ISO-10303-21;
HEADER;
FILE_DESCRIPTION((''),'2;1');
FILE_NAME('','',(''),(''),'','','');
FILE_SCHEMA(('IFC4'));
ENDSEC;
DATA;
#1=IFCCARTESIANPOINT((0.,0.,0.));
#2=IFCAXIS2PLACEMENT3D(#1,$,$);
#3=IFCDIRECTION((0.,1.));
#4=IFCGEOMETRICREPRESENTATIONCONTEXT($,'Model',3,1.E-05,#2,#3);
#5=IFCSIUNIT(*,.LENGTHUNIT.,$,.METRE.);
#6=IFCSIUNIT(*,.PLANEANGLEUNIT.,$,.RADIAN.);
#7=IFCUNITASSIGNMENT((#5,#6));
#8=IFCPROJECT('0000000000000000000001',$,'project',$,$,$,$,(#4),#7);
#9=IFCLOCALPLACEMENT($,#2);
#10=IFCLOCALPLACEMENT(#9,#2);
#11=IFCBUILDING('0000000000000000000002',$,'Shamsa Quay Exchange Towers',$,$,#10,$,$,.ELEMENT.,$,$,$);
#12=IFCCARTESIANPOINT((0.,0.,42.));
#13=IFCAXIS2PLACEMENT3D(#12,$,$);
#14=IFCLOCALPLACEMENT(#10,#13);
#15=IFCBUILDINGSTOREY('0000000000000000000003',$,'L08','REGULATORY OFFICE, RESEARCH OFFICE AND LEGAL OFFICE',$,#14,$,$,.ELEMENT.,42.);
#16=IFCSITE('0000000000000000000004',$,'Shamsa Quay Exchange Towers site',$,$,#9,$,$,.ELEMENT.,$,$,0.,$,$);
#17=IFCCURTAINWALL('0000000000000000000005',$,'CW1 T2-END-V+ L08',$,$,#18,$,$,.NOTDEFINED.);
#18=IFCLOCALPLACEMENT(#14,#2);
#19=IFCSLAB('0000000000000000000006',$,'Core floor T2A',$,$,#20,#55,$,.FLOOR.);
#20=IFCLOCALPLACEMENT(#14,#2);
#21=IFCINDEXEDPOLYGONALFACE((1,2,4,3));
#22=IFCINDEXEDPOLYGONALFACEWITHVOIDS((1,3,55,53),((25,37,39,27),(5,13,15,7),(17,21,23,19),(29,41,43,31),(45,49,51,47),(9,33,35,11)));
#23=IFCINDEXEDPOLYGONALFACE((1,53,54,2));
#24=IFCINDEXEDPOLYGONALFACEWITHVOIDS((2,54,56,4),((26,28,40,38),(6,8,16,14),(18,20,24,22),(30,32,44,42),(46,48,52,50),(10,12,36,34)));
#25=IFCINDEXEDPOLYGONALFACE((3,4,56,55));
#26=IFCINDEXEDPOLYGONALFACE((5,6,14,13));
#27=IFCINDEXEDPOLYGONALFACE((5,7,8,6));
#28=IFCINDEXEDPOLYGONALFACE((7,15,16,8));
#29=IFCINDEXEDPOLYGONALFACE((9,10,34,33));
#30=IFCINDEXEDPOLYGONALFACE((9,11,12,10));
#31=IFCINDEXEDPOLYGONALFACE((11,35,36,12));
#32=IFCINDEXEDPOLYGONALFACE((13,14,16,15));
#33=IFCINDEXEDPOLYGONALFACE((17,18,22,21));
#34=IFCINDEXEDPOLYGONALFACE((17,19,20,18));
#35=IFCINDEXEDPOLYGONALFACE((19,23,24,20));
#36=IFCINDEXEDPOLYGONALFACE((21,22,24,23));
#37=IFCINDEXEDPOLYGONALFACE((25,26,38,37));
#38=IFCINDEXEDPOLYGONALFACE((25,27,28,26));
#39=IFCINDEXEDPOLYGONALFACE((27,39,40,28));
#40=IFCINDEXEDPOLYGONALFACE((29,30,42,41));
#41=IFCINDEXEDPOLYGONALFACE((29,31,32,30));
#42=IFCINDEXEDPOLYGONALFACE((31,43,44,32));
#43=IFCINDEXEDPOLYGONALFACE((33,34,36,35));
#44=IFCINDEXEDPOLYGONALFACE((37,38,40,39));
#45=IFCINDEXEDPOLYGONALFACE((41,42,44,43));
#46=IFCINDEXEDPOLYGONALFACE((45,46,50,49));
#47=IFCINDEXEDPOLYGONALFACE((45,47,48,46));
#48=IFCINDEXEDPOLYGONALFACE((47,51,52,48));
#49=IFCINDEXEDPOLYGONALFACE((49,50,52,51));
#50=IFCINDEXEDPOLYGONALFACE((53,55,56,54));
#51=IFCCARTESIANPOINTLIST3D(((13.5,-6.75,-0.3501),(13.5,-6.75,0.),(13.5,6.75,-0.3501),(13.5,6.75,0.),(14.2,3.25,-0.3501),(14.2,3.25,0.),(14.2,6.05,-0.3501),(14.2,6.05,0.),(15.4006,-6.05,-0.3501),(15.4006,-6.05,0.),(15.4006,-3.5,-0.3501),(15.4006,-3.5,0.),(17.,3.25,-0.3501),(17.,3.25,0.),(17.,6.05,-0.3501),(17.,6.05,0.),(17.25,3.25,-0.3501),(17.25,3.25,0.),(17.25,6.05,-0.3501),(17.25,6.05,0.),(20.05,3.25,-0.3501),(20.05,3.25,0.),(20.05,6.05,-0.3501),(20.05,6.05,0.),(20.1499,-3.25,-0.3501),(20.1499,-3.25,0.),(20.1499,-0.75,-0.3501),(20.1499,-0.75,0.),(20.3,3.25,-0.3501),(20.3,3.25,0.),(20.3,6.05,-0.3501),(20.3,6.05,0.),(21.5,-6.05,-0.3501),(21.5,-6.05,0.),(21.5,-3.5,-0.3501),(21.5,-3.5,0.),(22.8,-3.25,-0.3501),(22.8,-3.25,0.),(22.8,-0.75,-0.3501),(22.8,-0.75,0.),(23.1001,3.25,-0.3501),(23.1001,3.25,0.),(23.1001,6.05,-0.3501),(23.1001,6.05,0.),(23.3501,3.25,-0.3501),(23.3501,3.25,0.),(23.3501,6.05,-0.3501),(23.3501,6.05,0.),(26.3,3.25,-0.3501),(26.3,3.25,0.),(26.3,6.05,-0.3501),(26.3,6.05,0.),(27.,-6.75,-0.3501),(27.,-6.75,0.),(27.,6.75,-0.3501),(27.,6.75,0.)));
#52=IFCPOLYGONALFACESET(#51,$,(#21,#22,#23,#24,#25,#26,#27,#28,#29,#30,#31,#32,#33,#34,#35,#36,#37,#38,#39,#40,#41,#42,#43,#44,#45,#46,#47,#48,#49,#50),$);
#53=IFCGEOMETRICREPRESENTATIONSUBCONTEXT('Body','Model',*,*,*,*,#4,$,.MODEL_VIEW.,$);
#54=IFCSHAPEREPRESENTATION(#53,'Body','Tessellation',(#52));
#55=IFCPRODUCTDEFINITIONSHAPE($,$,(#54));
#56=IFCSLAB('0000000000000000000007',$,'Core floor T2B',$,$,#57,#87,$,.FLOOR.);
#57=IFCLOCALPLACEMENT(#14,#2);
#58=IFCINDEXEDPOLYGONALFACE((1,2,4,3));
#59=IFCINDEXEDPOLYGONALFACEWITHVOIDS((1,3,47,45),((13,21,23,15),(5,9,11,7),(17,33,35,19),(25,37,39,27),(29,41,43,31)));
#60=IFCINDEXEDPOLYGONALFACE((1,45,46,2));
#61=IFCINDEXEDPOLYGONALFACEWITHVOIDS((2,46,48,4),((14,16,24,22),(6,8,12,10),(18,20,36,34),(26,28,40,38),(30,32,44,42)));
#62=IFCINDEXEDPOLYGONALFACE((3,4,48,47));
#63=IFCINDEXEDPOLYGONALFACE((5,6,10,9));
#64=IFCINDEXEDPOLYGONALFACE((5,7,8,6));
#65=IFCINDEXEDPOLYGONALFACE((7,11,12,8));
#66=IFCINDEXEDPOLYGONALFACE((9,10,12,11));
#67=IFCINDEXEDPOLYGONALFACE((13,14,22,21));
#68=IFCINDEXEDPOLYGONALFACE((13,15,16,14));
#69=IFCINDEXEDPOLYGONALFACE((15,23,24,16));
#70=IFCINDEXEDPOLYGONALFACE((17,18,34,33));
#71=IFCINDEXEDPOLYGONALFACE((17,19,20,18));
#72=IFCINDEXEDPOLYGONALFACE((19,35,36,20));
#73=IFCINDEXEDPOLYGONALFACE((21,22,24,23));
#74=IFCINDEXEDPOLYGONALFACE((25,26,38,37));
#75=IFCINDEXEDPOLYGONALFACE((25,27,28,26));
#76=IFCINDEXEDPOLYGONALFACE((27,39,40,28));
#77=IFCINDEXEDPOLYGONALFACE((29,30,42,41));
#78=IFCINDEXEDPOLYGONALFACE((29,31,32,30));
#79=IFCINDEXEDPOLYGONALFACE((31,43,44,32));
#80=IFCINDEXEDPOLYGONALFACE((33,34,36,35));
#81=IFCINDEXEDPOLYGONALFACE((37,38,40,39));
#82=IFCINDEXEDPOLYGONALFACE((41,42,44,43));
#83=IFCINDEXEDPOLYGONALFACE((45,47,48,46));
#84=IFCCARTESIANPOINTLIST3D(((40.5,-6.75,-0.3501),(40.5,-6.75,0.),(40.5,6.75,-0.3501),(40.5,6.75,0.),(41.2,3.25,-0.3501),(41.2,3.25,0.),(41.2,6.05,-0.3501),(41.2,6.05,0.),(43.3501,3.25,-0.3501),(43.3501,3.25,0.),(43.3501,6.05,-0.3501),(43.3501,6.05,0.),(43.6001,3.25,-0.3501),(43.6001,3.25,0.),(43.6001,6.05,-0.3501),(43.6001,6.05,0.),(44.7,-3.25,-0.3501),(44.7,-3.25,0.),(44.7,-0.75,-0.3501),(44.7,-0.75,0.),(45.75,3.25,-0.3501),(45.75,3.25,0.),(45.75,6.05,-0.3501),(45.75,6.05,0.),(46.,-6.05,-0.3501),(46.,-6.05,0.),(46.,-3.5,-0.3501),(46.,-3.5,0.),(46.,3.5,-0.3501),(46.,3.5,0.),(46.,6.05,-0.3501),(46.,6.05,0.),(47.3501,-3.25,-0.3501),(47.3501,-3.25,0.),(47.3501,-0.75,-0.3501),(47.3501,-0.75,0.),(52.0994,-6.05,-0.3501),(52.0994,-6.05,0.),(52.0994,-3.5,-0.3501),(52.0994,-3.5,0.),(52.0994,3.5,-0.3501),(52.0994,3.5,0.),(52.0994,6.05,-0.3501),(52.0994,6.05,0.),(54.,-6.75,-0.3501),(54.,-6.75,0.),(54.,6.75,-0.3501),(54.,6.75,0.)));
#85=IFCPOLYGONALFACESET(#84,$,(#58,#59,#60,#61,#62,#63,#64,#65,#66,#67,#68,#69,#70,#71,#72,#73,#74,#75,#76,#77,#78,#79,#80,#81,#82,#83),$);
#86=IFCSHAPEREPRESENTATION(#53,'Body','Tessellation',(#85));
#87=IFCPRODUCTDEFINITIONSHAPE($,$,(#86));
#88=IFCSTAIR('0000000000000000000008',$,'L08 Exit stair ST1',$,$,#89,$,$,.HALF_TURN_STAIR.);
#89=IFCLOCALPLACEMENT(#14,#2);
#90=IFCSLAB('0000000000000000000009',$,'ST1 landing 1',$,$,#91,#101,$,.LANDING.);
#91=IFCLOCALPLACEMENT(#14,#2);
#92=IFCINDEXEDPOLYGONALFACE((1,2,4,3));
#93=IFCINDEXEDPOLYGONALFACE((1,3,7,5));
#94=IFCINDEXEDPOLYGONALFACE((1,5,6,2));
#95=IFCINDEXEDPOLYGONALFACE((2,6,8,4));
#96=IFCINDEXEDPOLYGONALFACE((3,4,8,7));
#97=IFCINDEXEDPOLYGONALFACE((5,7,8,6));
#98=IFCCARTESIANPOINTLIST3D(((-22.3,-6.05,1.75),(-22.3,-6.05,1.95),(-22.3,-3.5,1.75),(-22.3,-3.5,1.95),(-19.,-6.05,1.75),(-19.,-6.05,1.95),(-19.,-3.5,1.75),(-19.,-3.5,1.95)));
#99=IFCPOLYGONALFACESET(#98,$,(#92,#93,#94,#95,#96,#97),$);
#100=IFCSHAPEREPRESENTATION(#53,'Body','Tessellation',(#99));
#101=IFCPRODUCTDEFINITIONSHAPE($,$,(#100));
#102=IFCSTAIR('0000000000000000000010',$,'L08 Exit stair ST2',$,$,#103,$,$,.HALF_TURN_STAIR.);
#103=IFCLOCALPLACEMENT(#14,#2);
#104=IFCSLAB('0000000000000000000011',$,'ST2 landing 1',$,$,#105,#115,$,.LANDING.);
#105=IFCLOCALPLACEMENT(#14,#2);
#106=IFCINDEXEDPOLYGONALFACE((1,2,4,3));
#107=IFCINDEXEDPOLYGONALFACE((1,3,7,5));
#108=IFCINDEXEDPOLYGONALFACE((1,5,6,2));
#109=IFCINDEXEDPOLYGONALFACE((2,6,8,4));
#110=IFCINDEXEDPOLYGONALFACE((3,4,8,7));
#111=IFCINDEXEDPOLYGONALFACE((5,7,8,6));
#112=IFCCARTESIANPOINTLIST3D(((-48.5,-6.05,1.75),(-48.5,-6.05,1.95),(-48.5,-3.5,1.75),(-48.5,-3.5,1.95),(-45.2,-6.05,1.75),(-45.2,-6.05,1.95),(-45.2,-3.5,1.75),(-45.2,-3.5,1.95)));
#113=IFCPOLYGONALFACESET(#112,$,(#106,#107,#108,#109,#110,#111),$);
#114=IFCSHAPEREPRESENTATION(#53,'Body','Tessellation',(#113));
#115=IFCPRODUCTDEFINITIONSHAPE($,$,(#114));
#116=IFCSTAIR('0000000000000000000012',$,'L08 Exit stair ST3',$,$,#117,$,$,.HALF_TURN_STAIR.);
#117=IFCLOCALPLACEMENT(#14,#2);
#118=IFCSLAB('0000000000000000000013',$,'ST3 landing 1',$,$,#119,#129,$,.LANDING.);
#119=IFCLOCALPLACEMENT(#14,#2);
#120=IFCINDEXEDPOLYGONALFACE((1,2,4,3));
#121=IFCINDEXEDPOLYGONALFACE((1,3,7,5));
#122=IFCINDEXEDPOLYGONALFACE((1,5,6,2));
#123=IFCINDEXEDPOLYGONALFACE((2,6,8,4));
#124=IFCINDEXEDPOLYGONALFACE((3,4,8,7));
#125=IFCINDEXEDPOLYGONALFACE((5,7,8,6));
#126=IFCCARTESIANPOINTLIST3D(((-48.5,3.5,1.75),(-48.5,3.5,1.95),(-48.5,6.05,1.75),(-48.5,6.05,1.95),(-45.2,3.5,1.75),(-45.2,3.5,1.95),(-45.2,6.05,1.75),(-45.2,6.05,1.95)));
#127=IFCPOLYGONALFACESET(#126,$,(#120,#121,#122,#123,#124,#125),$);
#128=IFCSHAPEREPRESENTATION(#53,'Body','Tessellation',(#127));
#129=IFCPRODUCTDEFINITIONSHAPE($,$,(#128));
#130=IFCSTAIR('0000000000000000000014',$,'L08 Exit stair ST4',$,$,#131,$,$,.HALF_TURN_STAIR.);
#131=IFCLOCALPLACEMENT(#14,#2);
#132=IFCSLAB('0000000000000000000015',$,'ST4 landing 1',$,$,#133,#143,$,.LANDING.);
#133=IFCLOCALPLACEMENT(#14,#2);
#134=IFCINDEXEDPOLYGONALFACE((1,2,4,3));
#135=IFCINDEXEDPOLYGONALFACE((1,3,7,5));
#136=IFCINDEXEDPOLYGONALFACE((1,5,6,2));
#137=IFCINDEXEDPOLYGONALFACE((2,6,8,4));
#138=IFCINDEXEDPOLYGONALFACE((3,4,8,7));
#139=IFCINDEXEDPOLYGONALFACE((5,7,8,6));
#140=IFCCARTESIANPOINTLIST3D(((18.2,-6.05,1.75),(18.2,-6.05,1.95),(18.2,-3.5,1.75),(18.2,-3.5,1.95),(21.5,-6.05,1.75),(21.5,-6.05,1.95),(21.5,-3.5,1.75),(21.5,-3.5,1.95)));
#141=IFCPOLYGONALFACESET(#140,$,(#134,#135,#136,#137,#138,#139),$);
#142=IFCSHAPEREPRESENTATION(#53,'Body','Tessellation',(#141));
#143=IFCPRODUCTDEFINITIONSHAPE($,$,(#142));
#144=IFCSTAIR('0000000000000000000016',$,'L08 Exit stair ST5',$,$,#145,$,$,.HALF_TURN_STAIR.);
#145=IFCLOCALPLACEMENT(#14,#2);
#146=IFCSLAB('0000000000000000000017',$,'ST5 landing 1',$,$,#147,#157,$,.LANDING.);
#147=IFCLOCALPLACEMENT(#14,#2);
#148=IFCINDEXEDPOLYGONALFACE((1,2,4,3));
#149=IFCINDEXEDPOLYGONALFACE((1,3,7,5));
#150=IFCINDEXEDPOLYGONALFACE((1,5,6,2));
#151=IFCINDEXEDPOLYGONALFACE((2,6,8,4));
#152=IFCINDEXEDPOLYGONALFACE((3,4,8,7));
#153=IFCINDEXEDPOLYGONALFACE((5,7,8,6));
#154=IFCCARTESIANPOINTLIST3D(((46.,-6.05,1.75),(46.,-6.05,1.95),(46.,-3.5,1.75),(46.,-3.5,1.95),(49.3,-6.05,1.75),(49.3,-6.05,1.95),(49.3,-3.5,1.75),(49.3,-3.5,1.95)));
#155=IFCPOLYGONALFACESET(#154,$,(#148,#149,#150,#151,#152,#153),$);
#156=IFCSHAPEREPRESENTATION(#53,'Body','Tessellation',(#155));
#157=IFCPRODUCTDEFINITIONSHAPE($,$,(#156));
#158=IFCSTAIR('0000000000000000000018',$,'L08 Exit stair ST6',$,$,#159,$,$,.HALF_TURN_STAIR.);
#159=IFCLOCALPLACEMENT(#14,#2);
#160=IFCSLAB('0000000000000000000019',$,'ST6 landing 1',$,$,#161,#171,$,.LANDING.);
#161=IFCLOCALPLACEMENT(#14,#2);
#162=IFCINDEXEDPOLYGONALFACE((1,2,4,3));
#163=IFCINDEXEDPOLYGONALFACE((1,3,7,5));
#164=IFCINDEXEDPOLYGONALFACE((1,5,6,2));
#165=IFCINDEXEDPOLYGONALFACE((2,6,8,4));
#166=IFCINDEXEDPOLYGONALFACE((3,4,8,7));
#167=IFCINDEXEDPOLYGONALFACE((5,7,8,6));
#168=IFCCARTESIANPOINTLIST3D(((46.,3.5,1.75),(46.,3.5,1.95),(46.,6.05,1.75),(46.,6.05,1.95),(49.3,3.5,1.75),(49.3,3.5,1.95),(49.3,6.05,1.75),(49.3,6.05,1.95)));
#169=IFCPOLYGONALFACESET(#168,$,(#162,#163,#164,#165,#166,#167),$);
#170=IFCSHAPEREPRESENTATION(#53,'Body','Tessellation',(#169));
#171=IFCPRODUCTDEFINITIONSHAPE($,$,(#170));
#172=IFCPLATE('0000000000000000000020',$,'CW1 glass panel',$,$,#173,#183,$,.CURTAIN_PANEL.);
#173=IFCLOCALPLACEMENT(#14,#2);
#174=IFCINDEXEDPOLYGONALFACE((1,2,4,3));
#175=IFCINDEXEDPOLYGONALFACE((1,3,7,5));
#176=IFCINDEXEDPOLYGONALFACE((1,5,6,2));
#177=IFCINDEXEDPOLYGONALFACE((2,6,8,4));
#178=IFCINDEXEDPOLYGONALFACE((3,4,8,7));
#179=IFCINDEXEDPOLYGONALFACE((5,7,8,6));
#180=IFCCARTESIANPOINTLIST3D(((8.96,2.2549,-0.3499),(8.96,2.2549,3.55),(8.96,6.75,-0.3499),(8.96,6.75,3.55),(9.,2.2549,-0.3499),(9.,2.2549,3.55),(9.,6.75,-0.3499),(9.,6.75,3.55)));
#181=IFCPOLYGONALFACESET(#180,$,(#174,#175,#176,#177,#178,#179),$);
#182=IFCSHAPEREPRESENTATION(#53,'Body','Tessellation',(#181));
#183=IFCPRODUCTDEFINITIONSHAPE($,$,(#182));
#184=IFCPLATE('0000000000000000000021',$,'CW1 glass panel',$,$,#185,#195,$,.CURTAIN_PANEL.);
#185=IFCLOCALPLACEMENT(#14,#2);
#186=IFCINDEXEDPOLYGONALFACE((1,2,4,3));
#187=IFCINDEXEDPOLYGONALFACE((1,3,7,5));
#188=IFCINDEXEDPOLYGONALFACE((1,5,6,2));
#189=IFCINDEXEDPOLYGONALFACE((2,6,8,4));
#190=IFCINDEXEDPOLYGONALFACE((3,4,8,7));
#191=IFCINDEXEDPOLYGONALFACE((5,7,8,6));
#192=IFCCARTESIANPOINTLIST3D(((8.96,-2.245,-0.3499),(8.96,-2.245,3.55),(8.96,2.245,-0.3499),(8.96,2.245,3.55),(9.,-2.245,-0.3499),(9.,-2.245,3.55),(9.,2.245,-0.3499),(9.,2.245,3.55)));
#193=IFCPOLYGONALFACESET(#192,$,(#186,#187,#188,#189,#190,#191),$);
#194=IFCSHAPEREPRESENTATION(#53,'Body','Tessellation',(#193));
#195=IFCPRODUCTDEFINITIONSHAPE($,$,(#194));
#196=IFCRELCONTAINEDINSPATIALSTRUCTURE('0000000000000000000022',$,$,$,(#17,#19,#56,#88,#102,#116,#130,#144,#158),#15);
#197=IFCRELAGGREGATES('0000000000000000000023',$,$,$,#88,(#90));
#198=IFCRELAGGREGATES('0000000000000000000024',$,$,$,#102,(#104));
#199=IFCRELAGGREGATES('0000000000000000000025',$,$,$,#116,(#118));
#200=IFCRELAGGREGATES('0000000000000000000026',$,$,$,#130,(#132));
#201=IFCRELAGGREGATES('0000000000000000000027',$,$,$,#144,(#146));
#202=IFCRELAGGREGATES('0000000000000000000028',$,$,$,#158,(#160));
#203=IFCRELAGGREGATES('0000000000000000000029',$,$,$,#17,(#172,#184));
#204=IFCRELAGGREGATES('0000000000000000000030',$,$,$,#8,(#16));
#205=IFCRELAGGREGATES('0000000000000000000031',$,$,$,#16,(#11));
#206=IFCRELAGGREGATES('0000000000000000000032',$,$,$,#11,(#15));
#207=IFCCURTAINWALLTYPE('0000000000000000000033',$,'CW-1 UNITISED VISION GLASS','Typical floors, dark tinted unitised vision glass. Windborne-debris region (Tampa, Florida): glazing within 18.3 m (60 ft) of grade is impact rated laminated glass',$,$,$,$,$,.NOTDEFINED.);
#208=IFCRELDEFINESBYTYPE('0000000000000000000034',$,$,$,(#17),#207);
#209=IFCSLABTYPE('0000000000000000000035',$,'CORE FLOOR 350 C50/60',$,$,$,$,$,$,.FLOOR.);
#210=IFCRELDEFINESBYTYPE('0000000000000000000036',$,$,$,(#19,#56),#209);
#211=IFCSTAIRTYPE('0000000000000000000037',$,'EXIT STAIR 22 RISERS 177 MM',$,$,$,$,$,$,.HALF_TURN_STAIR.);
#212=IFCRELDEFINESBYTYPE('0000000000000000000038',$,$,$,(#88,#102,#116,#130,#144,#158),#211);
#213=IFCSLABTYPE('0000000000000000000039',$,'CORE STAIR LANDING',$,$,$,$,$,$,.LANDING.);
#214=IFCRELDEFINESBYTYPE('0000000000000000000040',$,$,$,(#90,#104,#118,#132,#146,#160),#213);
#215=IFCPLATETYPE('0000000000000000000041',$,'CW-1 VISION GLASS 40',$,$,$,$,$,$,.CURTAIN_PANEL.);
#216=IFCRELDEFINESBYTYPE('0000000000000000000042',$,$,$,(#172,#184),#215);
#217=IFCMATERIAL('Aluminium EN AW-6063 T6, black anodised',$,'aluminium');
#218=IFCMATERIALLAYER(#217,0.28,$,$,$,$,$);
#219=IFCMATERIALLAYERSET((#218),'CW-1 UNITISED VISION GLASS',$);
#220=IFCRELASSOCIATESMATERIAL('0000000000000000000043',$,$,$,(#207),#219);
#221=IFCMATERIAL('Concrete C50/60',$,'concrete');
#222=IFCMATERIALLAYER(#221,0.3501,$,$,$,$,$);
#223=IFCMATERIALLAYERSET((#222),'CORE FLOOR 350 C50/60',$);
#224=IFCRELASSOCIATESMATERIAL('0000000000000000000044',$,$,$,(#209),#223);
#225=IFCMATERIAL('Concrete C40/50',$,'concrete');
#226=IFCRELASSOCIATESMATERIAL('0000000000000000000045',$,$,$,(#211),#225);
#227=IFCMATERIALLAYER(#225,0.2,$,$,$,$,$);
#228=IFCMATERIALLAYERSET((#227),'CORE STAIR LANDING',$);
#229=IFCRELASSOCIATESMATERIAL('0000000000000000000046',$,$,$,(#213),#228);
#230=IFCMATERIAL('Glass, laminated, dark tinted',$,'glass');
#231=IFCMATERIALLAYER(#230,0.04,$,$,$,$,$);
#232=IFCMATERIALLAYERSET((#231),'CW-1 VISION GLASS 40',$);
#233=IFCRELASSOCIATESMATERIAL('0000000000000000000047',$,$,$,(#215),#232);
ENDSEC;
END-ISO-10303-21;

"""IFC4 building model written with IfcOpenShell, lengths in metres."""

from ifc_helpers import new_model, si_unit, direction, frame, origin, origin_2d, place, context, subcontext, project, spatial, polyline, rectangle, outline, extrude, material, layer, layer_set, type_object, element, aggregate, save


model = new_model("IFC4")

# Units and contexts
model_context = context("Model", 3, precision=1e-05, world=origin(), true_north=direction((0.0, 1.0)))
body_context = subcontext(model_context, "Body", "Model", "MODEL_VIEW")
ifc_project = project(units=[si_unit("LENGTHUNIT", "METRE"), si_unit("PLANEANGLEUNIT", "RADIAN")], contexts=[model_context])

# Site, building, storey
site_placement = place(None, origin())
site = spatial("IfcSite", under=ifc_project, at=site_placement, Name="Shamsa Quay Exchange Towers site", CompositionType="ELEMENT", RefElevation=0.0)
building_placement = place(site_placement, origin())
building = spatial("IfcBuilding", under=site, at=building_placement, Name="Shamsa Quay Exchange Towers", CompositionType="ELEMENT")
storey_placement = place(building_placement, frame((0.0, 0.0, 42.0)))
storey = spatial("IfcBuildingStorey", under=building, at=storey_placement, Name="L08", Description="REGULATORY OFFICE, RESEARCH OFFICE AND LEGAL OFFICE", CompositionType="ELEMENT", Elevation=42.0)

# Curtain wall
ifc_material_1 = material(Name="Aluminium EN AW-6063 T6, black anodised", Category="aluminium")
ifc_layer_1 = layer(ifc_material_1, 0.28)
ifc_layer_set_1 = layer_set([ifc_layer_1], Name="CW-1 UNITISED VISION GLASS")
curtain_wall_type = type_object("IfcCurtainWallType", Name="CW-1 UNITISED VISION GLASS", Description="Typical floors, dark tinted unitised vision glass. Windborne-debris region (Tampa, Florida): glazing within 18.3 m (60 ft) of grade is impact rated laminated glass", PredefinedType="NOTDEFINED", material=ifc_layer_set_1)
curtain_wall_placement = place(storey_placement, origin())
curtain_wall = element("IfcCurtainWall", 1, at=curtain_wall_placement, inside=storey, type_object=curtain_wall_type, Name="CW1 T2-END-V+ L08", PredefinedType="NOTDEFINED")

# Slabs
ifc_material_2 = material(Name="Concrete C50/60", Category="concrete")
ifc_layer_2 = layer(ifc_material_2, 0.3501)
ifc_layer_set_2 = layer_set([ifc_layer_2], Name="CORE FLOOR 350 C50/60")
slab_type_1 = type_object("IfcSlabType", Name="CORE FLOOR 350 C50/60", PredefinedType="FLOOR", material=ifc_layer_set_2)
slab_1_placement = place(storey_placement, frame((0.0, 0.0, -0.3501)))
element("IfcSlab", 2, at=slab_1_placement, inside=storey, type_object=slab_type_1, Name="Core floor T2A", PredefinedType="FLOOR", context=body_context, shape_type="SweptSolid", body=[
    extrude(outline(polyline([(13.5, -6.75), (27.0, -6.75), (27.0, 6.75), (13.5, 6.75), (13.5, -6.75)]), holes=[polyline([(15.4006, -6.05), (15.4006, -3.5), (21.5, -3.5), (21.5, -6.05), (15.4006, -6.05)]), polyline([(14.2, 3.25), (14.2, 6.05), (17.0, 6.05), (17.0, 3.25), (14.2, 3.25)]), polyline([(17.25, 3.25), (17.25, 6.05), (20.05, 6.05), (20.05, 3.25), (17.25, 3.25)]), polyline([(20.3, 3.25), (20.3, 6.05), (23.1001, 6.05), (23.1001, 3.25), (20.3, 3.25)]), polyline([(23.3501, 3.25), (23.3501, 6.05), (26.3, 6.05), (26.3, 3.25), (23.3501, 3.25)]), polyline([(20.1499, -3.25), (20.1499, -0.75), (22.8, -0.75), (22.8, -3.25), (20.1499, -3.25)])]), origin(), (0.0, 0.0, 1.0), 0.3501),
])
slab_2_placement = place(storey_placement, frame((0.0, 0.0, -0.3501)))
element("IfcSlab", 3, at=slab_2_placement, inside=storey, type_object=slab_type_1, Name="Core floor T2B", PredefinedType="FLOOR", context=body_context, shape_type="SweptSolid", body=[
    extrude(outline(polyline([(54.0, -6.75), (54.0, 6.75), (40.5, 6.75), (40.5, -6.75), (54.0, -6.75)]), holes=[polyline([(52.0994, -3.5), (52.0994, -6.05), (46.0, -6.05), (46.0, -3.5), (52.0994, -3.5)]), polyline([(52.0994, 6.05), (52.0994, 3.5), (46.0, 3.5), (46.0, 6.05), (52.0994, 6.05)]), polyline([(45.75, 3.25), (43.6001, 3.25), (43.6001, 6.05), (45.75, 6.05), (45.75, 3.25)]), polyline([(43.3501, 3.25), (41.2, 3.25), (41.2, 6.05), (43.3501, 6.05), (43.3501, 3.25)]), polyline([(47.3501, -3.25), (44.7, -3.25), (44.7, -0.75), (47.3501, -0.75), (47.3501, -3.25)])]), origin(), (0.0, 0.0, 1.0), 0.3501),
])

# Stairs, slabs
ifc_material_3 = material(Name="Concrete C40/50", Category="concrete")
stair_type = type_object("IfcStairType", Name="EXIT STAIR 22 RISERS 177 MM", PredefinedType="HALF_TURN_STAIR", material=ifc_material_3)
stair_1_placement = place(storey_placement, origin())
stair_1 = element("IfcStair", 4, at=stair_1_placement, inside=storey, type_object=stair_type, Name="L08 Exit stair ST1", PredefinedType="HALF_TURN_STAIR")
ifc_layer_3 = layer(ifc_material_3, 0.2)
ifc_layer_set_3 = layer_set([ifc_layer_3], Name="CORE STAIR LANDING")
slab_type_2 = type_object("IfcSlabType", Name="CORE STAIR LANDING", PredefinedType="LANDING", material=ifc_layer_set_3)
slab_3_placement = place(storey_placement, frame((0.0, 0.0, 1.75)))
slab_3 = element("IfcSlab", 5, at=slab_3_placement, type_object=slab_type_2, Name="ST1 landing 1", PredefinedType="LANDING", context=body_context, shape_type="SweptSolid", body=[
    extrude(outline(polyline([(-22.3, -6.05), (-19.0, -6.05), (-19.0, -3.5), (-22.3, -3.5), (-22.3, -6.05)])), origin(), (0.0, 0.0, 1.0), 0.2),
])
aggregate(stair_1, [slab_3])
stair_2_placement = place(storey_placement, origin())
stair_2 = element("IfcStair", 6, at=stair_2_placement, inside=storey, type_object=stair_type, Name="L08 Exit stair ST2", PredefinedType="HALF_TURN_STAIR")
slab_4_placement = place(storey_placement, frame((0.0, 0.0, 1.75)))
slab_4 = element("IfcSlab", 7, at=slab_4_placement, type_object=slab_type_2, Name="ST2 landing 1", PredefinedType="LANDING", context=body_context, shape_type="SweptSolid", body=[
    extrude(outline(polyline([(-45.2, -3.5), (-48.5, -3.5), (-48.5, -6.05), (-45.2, -6.05), (-45.2, -3.5)])), origin(), (0.0, 0.0, 1.0), 0.2),
])
aggregate(stair_2, [slab_4])
stair_3_placement = place(storey_placement, origin())
stair_3 = element("IfcStair", 8, at=stair_3_placement, inside=storey, type_object=stair_type, Name="L08 Exit stair ST3", PredefinedType="HALF_TURN_STAIR")
slab_5_placement = place(storey_placement, frame((0.0, 0.0, 1.75)))
slab_5 = element("IfcSlab", 9, at=slab_5_placement, type_object=slab_type_2, Name="ST3 landing 1", PredefinedType="LANDING", context=body_context, shape_type="SweptSolid", body=[
    extrude(outline(polyline([(-45.2, 6.05), (-48.5, 6.05), (-48.5, 3.5), (-45.2, 3.5), (-45.2, 6.05)])), origin(), (0.0, 0.0, 1.0), 0.2),
])
aggregate(stair_3, [slab_5])
stair_4_placement = place(storey_placement, origin())
stair_4 = element("IfcStair", 10, at=stair_4_placement, inside=storey, type_object=stair_type, Name="L08 Exit stair ST4", PredefinedType="HALF_TURN_STAIR")
slab_6_placement = place(storey_placement, frame((0.0, 0.0, 1.75)))
slab_6 = element("IfcSlab", 11, at=slab_6_placement, type_object=slab_type_2, Name="ST4 landing 1", PredefinedType="LANDING", context=body_context, shape_type="SweptSolid", body=[
    extrude(outline(polyline([(18.2, -6.05), (21.5, -6.05), (21.5, -3.5), (18.2, -3.5), (18.2, -6.05)])), origin(), (0.0, 0.0, 1.0), 0.2),
])
aggregate(stair_4, [slab_6])
stair_5_placement = place(storey_placement, origin())
stair_5 = element("IfcStair", 12, at=stair_5_placement, inside=storey, type_object=stair_type, Name="L08 Exit stair ST5", PredefinedType="HALF_TURN_STAIR")
slab_7_placement = place(storey_placement, frame((0.0, 0.0, 1.75)))
slab_7 = element("IfcSlab", 13, at=slab_7_placement, type_object=slab_type_2, Name="ST5 landing 1", PredefinedType="LANDING", context=body_context, shape_type="SweptSolid", body=[
    extrude(outline(polyline([(49.3, -3.5), (46.0, -3.5), (46.0, -6.05), (49.3, -6.05), (49.3, -3.5)])), origin(), (0.0, 0.0, 1.0), 0.2),
])
aggregate(stair_5, [slab_7])
stair_6_placement = place(storey_placement, origin())
stair_6 = element("IfcStair", 14, at=stair_6_placement, inside=storey, type_object=stair_type, Name="L08 Exit stair ST6", PredefinedType="HALF_TURN_STAIR")
slab_8_placement = place(storey_placement, frame((0.0, 0.0, 1.75)))
slab_8 = element("IfcSlab", 15, at=slab_8_placement, type_object=slab_type_2, Name="ST6 landing 1", PredefinedType="LANDING", context=body_context, shape_type="SweptSolid", body=[
    extrude(outline(polyline([(49.3, 6.05), (46.0, 6.05), (46.0, 3.5), (49.3, 3.5), (49.3, 6.05)])), origin(), (0.0, 0.0, 1.0), 0.2),
])
aggregate(stair_6, [slab_8])

# Plates
ifc_material_4 = material(Name="Glass, laminated, dark tinted", Category="glass")
ifc_layer_4 = layer(ifc_material_4, 0.04)
ifc_layer_set_4 = layer_set([ifc_layer_4], Name="CW-1 VISION GLASS 40")
plate_type = type_object("IfcPlateType", Name="CW-1 VISION GLASS 40", PredefinedType="CURTAIN_PANEL", material=ifc_layer_set_4)
plate_1_placement = place(storey_placement, frame((8.98, 4.5024, -0.3499), z_axis=(0.0, 0.0, 1.0), x_axis=(0.0, -1.0, 0.0)))
plate_1 = element("IfcPlate", 16, at=plate_1_placement, type_object=plate_type, Name="CW1 glass panel", PredefinedType="CURTAIN_PANEL", context=body_context, shape_type="SweptSolid", body=[
    extrude(rectangle(XDim=4.4951, YDim=0.04, at=origin_2d()), origin(), (0.0, 0.0, 1.0), 3.8999),
])
plate_2_placement = place(storey_placement, frame((8.98, 0.0, -0.3499), z_axis=(0.0, 0.0, 1.0), x_axis=(0.0, -1.0, 0.0)))
plate_2 = element("IfcPlate", 17, at=plate_2_placement, type_object=plate_type, Name="CW1 glass panel", PredefinedType="CURTAIN_PANEL", context=body_context, shape_type="SweptSolid", body=[
    extrude(rectangle(XDim=4.49, YDim=0.04, at=origin_2d()), origin(), (0.0, 0.0, 1.0), 3.8999),
])
aggregate(curtain_wall, [plate_1, plate_2])

save(model, "model.ifc")
